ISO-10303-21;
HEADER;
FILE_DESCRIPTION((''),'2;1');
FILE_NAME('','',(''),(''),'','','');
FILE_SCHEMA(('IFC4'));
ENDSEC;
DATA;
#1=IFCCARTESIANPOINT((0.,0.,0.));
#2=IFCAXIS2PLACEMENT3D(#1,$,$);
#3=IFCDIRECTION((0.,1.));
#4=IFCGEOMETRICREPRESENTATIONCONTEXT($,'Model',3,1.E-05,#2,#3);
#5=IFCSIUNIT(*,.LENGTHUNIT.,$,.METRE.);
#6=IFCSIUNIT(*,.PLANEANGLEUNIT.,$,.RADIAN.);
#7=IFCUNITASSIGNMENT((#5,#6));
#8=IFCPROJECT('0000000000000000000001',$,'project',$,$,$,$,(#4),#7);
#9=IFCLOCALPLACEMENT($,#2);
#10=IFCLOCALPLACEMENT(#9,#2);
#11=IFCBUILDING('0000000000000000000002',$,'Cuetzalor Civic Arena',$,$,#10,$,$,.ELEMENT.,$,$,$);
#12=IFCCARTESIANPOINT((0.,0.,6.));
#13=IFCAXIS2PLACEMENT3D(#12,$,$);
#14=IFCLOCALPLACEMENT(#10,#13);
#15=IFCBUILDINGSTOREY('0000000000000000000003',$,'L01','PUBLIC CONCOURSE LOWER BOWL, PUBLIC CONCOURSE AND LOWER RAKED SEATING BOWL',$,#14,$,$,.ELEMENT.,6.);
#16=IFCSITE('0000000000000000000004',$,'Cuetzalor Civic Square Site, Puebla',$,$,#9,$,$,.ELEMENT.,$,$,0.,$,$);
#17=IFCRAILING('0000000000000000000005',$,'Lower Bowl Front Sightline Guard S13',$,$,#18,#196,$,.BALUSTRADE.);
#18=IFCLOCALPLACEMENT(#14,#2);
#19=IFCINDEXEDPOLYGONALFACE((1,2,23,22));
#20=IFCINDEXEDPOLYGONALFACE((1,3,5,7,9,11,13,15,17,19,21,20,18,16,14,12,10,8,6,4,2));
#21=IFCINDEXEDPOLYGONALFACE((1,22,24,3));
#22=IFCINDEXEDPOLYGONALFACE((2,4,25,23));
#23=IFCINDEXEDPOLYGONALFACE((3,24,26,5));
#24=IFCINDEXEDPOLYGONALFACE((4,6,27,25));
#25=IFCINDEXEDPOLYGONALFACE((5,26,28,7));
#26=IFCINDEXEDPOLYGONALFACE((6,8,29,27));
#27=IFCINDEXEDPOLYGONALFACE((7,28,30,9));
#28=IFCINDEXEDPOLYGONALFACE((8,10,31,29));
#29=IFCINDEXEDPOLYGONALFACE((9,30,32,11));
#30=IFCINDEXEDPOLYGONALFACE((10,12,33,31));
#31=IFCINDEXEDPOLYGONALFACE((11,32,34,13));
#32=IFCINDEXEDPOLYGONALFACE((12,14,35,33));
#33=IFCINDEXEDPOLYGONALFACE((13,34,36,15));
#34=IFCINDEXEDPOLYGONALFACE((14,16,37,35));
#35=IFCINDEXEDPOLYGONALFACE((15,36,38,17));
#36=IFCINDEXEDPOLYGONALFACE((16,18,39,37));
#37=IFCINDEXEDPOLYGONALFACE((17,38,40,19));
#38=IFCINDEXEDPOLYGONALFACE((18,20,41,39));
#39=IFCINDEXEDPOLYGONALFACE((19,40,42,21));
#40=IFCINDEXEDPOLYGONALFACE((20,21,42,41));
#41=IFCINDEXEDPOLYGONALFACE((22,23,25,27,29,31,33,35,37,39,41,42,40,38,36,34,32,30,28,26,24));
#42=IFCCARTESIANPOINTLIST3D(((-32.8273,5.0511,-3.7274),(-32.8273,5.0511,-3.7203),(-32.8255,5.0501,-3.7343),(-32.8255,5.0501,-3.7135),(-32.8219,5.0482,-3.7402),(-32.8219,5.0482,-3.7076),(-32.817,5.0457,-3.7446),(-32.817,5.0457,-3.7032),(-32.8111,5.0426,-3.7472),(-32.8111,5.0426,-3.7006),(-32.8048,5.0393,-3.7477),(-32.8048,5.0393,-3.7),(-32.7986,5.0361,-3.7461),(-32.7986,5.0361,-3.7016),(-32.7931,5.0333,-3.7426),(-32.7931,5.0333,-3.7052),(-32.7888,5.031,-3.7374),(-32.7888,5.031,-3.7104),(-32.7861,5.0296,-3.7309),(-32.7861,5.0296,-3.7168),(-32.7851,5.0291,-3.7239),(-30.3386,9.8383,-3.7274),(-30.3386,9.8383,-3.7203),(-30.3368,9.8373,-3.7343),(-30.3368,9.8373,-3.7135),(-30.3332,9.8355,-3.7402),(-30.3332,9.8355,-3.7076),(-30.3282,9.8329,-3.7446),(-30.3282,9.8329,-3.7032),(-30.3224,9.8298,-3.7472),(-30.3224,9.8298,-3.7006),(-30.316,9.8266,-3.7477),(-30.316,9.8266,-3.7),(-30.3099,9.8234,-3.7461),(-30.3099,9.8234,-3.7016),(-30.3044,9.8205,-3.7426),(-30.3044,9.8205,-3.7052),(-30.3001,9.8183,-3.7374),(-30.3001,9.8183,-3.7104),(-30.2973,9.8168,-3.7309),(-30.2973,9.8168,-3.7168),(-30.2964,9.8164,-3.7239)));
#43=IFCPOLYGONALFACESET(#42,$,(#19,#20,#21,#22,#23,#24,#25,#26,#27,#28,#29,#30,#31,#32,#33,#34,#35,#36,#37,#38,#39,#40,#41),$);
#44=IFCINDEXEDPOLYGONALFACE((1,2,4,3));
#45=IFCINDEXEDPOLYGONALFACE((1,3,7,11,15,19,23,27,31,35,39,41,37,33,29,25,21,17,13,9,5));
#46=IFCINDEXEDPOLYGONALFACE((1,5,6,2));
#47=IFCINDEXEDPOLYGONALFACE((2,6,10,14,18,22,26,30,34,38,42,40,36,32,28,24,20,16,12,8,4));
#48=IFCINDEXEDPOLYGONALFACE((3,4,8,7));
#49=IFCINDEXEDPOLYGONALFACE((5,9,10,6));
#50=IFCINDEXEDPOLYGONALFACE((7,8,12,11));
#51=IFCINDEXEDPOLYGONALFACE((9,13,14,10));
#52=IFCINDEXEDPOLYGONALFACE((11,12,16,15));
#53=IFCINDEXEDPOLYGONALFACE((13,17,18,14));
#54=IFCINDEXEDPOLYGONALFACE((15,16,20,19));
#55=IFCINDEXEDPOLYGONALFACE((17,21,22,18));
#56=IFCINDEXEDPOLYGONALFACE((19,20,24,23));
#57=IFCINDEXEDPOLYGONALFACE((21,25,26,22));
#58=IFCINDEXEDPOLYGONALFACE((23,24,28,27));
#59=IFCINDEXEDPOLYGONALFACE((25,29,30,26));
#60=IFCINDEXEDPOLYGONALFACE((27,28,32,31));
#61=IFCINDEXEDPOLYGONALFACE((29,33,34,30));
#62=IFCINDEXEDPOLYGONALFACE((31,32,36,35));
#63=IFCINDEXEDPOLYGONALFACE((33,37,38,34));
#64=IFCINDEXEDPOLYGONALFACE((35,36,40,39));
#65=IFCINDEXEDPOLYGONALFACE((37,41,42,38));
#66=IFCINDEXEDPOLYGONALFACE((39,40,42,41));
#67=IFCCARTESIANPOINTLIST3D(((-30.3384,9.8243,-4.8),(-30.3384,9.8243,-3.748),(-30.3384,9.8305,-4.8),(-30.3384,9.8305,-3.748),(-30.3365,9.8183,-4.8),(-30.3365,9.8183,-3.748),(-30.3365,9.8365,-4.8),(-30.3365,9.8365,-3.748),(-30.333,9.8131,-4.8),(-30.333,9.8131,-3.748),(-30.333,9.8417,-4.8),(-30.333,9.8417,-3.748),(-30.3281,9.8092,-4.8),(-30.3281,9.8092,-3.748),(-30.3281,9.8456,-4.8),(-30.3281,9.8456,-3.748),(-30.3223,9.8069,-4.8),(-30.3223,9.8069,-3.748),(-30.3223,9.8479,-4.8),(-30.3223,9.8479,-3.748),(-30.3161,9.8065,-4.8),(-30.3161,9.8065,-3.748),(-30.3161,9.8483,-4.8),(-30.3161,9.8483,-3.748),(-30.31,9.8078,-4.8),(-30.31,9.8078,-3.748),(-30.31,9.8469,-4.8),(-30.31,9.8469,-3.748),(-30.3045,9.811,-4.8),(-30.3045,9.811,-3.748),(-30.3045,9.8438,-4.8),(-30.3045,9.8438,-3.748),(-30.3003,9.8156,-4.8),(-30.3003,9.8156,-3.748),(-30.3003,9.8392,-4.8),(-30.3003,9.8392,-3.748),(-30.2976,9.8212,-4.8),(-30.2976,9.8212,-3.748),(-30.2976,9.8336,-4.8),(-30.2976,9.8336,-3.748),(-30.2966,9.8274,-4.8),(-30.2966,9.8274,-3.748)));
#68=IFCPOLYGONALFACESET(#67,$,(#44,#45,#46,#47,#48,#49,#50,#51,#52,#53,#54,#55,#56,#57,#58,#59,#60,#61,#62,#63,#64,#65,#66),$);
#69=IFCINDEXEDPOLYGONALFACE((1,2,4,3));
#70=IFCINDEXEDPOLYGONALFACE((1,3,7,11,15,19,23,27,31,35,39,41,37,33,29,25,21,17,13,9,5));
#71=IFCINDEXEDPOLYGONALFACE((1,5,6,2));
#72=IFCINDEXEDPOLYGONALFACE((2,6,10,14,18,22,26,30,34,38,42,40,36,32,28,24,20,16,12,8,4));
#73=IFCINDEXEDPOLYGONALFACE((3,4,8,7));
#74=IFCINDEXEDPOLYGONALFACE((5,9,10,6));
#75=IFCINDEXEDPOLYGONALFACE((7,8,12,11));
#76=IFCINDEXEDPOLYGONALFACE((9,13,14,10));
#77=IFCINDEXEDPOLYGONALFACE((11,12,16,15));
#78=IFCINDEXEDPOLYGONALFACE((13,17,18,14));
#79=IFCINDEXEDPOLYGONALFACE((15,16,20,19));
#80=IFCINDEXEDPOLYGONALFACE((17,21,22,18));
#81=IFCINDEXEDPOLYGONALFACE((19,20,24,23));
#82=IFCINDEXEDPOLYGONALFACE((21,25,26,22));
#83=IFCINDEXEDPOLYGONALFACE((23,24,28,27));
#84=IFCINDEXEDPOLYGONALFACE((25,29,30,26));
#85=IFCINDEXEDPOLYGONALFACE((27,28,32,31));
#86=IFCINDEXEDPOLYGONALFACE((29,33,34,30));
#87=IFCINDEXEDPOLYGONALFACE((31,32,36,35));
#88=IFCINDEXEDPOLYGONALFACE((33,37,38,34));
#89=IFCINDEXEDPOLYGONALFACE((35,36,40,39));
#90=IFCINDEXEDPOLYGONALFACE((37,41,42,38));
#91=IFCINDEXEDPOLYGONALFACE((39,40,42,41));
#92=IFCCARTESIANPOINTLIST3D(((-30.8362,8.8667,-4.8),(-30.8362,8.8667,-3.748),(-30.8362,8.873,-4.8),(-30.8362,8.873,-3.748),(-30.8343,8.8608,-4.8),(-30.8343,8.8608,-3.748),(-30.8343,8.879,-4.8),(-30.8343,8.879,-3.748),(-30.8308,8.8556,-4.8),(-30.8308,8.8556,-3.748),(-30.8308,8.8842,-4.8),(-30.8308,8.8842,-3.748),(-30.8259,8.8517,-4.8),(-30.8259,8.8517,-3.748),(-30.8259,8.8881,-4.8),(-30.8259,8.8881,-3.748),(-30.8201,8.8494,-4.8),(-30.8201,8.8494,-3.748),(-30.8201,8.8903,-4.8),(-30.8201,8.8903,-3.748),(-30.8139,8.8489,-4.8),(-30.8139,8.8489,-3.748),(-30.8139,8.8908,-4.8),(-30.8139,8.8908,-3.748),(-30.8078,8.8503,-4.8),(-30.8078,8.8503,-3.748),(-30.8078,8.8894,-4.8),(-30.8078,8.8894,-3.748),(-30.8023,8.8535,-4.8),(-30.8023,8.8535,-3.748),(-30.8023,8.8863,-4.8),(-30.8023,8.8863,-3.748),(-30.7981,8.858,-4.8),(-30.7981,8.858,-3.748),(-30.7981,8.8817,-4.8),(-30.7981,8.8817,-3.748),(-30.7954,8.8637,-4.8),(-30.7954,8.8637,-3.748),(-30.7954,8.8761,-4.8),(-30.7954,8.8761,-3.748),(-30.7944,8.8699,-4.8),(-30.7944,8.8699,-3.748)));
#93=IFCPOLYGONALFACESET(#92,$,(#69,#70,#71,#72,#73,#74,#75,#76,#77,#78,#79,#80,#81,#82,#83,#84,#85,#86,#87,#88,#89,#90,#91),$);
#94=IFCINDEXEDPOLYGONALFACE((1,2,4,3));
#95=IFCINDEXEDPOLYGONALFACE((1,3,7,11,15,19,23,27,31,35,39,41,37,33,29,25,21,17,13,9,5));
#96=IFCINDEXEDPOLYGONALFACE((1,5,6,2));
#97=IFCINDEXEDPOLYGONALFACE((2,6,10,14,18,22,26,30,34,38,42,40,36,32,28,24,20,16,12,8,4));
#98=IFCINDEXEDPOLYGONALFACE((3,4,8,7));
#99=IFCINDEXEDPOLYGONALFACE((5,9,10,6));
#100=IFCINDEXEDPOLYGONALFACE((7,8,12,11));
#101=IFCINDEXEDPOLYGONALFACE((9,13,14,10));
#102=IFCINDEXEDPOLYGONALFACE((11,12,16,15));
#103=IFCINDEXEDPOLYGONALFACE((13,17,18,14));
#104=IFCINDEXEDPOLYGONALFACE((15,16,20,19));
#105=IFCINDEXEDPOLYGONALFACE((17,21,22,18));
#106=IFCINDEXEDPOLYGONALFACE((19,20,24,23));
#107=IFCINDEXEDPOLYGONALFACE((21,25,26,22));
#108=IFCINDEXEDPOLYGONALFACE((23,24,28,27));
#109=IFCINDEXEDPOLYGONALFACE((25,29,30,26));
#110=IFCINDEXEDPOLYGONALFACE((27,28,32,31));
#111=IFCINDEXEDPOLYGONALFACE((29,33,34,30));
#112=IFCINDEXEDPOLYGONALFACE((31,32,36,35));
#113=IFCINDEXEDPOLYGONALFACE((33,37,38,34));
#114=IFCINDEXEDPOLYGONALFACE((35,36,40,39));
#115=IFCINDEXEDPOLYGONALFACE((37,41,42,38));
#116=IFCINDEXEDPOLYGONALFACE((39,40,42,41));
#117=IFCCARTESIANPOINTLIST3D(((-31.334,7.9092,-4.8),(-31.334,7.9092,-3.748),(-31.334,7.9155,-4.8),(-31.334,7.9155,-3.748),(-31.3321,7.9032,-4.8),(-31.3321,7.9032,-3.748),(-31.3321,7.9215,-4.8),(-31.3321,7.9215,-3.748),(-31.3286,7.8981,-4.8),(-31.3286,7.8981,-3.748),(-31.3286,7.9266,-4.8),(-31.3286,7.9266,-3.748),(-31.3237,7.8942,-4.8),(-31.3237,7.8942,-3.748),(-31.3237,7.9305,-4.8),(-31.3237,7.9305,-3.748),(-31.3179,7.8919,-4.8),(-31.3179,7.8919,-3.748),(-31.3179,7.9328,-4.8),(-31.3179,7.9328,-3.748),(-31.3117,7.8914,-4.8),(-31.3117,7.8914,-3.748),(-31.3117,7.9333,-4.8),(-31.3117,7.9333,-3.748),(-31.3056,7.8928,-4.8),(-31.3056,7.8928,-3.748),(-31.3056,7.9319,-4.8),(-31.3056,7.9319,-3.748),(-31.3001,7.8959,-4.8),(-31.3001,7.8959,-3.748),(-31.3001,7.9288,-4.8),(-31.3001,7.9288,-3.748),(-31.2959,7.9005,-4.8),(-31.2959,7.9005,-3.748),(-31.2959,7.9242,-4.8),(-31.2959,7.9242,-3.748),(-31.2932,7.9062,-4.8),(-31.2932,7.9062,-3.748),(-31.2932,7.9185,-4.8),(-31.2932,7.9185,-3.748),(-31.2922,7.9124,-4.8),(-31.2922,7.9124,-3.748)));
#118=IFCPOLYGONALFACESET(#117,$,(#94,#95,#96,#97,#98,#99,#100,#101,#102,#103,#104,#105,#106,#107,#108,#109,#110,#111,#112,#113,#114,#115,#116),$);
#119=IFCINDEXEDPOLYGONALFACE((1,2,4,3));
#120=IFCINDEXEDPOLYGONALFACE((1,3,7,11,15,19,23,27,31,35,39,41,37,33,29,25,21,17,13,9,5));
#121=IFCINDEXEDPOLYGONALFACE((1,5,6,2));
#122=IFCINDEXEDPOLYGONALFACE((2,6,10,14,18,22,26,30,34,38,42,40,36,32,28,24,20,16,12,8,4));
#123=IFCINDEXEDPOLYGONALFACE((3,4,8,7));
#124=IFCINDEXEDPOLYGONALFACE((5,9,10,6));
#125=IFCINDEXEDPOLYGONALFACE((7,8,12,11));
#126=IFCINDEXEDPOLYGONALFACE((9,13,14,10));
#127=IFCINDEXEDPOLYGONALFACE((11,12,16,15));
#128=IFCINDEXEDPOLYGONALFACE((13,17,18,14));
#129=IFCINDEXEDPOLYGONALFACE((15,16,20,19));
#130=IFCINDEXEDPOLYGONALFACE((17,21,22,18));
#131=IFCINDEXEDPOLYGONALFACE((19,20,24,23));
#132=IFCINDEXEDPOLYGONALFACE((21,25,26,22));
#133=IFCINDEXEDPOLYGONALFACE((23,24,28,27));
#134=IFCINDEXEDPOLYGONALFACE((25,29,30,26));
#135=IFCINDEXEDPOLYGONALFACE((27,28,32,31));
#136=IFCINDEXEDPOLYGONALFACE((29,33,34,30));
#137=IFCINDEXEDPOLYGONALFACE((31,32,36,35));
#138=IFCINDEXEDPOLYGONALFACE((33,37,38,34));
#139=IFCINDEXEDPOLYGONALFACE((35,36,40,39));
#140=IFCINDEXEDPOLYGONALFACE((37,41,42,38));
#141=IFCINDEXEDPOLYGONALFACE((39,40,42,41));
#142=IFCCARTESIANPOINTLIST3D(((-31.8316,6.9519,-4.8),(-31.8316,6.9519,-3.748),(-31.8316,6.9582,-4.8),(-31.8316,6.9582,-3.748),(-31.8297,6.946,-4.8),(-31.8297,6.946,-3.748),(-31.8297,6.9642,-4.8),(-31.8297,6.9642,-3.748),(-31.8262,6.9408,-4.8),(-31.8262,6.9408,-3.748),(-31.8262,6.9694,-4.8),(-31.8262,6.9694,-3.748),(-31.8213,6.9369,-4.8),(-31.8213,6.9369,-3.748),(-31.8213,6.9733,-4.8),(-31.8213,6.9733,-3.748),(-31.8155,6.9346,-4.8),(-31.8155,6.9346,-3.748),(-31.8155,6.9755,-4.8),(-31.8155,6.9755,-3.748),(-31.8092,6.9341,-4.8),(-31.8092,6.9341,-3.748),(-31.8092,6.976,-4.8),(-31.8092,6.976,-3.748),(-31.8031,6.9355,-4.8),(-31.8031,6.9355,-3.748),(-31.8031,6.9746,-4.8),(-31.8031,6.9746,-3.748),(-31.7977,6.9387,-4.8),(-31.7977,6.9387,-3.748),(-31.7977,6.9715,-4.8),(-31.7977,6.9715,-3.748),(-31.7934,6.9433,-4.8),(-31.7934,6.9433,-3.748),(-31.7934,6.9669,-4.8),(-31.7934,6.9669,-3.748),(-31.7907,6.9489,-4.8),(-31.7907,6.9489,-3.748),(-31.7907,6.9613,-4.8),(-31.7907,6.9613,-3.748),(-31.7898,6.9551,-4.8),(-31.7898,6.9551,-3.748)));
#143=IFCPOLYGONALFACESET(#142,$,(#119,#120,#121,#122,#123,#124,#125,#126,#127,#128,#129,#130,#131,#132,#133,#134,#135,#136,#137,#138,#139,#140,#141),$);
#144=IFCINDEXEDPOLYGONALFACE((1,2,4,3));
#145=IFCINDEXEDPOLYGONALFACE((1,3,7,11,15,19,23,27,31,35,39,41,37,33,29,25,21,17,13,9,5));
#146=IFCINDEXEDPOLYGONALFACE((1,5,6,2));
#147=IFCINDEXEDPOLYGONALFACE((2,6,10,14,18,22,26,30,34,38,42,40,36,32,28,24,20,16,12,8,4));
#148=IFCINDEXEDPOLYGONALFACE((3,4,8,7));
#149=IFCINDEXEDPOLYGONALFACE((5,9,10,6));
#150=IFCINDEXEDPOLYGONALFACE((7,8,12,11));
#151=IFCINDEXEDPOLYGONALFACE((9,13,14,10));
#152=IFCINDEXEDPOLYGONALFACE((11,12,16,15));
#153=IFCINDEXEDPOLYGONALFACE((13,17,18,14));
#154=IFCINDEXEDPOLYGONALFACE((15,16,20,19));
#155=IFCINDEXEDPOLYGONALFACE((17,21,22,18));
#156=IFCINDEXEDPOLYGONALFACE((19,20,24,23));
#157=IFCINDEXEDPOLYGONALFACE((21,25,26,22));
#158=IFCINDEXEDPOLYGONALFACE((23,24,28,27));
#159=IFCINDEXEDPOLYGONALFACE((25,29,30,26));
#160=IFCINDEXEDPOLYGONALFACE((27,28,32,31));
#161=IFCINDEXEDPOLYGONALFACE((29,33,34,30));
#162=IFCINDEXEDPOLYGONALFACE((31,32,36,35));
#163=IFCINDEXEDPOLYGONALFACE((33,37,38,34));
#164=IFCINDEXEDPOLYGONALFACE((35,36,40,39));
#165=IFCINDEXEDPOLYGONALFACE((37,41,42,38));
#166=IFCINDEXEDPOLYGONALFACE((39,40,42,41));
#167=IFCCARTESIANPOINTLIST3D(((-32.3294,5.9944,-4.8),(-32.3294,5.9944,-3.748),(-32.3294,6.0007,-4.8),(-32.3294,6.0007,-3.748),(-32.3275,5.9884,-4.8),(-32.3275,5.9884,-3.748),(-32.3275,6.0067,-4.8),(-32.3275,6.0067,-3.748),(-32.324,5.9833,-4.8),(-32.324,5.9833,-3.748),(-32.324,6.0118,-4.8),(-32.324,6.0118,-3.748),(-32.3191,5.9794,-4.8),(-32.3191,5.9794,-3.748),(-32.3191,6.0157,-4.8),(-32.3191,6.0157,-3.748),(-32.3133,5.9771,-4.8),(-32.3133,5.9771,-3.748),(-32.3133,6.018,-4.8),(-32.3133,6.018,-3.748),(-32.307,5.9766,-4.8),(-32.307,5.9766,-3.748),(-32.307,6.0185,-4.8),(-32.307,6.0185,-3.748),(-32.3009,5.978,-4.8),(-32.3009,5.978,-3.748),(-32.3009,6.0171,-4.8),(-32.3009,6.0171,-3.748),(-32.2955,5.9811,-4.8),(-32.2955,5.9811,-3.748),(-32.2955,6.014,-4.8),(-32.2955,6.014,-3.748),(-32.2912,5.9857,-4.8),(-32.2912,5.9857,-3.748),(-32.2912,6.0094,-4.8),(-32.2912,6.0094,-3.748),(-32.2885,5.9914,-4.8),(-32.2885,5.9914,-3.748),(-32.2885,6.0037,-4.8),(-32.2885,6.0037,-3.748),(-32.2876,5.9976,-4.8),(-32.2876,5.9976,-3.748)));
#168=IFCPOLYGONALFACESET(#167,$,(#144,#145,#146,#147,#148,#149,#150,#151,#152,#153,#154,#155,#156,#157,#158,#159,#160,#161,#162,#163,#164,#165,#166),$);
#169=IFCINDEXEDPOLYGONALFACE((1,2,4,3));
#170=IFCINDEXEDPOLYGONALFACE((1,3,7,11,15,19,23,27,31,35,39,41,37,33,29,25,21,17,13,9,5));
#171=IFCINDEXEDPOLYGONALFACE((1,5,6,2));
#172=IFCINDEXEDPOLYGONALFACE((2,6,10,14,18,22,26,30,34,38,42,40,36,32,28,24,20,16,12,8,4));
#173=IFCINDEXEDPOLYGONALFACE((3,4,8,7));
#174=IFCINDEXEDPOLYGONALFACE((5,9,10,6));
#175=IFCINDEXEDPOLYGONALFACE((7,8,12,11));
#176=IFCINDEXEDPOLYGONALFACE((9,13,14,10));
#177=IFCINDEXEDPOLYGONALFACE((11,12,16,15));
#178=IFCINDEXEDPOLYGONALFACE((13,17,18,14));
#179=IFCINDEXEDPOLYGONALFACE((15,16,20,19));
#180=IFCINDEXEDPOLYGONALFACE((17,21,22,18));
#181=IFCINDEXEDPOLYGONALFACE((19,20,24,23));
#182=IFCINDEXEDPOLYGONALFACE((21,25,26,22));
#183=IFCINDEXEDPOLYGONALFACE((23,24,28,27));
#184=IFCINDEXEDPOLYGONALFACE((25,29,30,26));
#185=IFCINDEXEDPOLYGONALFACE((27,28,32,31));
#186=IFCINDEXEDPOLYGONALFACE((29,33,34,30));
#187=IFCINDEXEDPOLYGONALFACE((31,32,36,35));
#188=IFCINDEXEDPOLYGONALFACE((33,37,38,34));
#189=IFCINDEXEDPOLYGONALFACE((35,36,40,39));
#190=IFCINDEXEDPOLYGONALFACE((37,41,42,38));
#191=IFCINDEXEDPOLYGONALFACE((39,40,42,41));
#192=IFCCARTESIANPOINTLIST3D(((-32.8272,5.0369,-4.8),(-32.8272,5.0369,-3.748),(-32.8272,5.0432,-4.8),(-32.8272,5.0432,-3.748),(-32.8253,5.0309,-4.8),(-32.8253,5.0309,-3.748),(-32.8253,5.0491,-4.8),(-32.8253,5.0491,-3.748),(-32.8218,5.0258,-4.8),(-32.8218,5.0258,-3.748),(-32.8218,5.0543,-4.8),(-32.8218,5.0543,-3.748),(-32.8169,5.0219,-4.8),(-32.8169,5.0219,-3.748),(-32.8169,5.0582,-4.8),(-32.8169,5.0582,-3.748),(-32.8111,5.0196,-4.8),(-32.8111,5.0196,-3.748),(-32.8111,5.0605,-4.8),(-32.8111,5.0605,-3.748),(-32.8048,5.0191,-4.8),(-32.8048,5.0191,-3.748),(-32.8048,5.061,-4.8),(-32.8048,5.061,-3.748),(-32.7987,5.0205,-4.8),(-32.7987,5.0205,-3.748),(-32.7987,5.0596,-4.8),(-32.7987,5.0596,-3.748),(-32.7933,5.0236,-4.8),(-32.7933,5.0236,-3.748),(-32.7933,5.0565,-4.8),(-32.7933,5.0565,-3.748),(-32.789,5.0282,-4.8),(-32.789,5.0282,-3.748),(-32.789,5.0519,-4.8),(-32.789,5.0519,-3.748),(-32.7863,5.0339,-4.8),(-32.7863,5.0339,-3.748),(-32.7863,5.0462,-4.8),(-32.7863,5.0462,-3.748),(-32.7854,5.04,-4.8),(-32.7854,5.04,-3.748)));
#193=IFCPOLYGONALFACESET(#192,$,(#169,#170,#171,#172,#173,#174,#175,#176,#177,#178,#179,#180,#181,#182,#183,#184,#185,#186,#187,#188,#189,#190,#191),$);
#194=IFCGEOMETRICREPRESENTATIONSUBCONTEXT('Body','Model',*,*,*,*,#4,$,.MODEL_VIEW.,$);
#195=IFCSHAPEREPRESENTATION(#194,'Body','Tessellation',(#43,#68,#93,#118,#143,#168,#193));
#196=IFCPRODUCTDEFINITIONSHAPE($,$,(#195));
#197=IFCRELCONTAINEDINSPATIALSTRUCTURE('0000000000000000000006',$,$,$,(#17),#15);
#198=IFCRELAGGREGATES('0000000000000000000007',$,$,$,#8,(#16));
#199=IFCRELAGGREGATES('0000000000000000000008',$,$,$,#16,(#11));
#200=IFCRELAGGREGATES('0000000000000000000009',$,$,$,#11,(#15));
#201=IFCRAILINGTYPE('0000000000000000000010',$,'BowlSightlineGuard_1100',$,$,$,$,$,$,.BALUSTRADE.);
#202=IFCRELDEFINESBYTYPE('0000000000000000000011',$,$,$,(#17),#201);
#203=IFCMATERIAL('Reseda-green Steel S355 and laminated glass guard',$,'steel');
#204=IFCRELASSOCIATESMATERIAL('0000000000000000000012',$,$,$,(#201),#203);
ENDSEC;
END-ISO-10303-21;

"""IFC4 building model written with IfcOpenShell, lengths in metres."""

from ifc_helpers import new_model, si_unit, direction, frame, origin, origin_2d, place, context, subcontext, project, spatial, circle, extrude, material, type_object, element, save


model = new_model("IFC4")

# Units and contexts
model_context = context("Model", 3, precision=1e-05, world=origin(), true_north=direction((0.0, 1.0)))
body_context = subcontext(model_context, "Body", "Model", "MODEL_VIEW")
ifc_project = project(units=[si_unit("LENGTHUNIT", "METRE"), si_unit("PLANEANGLEUNIT", "RADIAN")], contexts=[model_context])

# Site, building, storey
site_placement = place(None, origin())
site = spatial("IfcSite", under=ifc_project, at=site_placement, Name="Cuetzalor Civic Square Site, Puebla", CompositionType="ELEMENT", RefElevation=0.0)
building_placement = place(site_placement, origin())
building = spatial("IfcBuilding", under=site, at=building_placement, Name="Cuetzalor Civic Arena", CompositionType="ELEMENT")
storey_placement = place(building_placement, frame((0.0, 0.0, 6.0)))
storey = spatial("IfcBuildingStorey", under=building, at=storey_placement, Name="L01", Description="PUBLIC CONCOURSE LOWER BOWL, PUBLIC CONCOURSE AND LOWER RAKED SEATING BOWL", CompositionType="ELEMENT", Elevation=6.0)

# Railing
ifc_material_1 = material(Name="Reseda-green Steel S355 and laminated glass guard", Category="steel")
railing_type = type_object("IfcRailingType", Name="BowlSightlineGuard_1100", PredefinedType="BALUSTRADE", material=ifc_material_1)
railing_1_placement = place(storey_placement, frame((-30.3176, 9.8274, -4.8)))
element("IfcRailing", 1, at=railing_1_placement, inside=storey, type_object=railing_type, Name="Lower Bowl Front Sightline Guard S13", PredefinedType="BALUSTRADE", context=body_context, shape_type="SweptSolid", body=[
    extrude(circle(Radius=0.0239, at=origin_2d()), frame((0.0, 0.0, 1.0762), z_axis=(-0.461257, -0.887266, 0.0), x_axis=(0.887266, -0.461257, 0.0)), (0.0, 0.0, 1.0), 5.3955),
    extrude(circle(Radius=0.021, at=origin_2d()), origin(), (0.0, 0.0, 1.0), 1.052),
    extrude(circle(Radius=0.021, at=origin_2d()), frame((-0.4978, -0.9575, 0.0)), (0.0, 0.0, 1.0), 1.052),
    extrude(circle(Radius=0.021, at=origin_2d()), frame((-0.9956, -1.915, 0.0)), (0.0, 0.0, 1.0), 1.052),
    extrude(circle(Radius=0.021, at=origin_2d()), frame((-1.4932, -2.8723, 0.0)), (0.0, 0.0, 1.0), 1.052),
    extrude(circle(Radius=0.021, at=origin_2d()), frame((-1.991, -3.8298, 0.0)), (0.0, 0.0, 1.0), 1.052),
    extrude(circle(Radius=0.021, at=origin_2d()), frame((-2.4888, -4.7874, 0.0)), (0.0, 0.0, 1.0), 1.052),
])

save(model, "model.ifc")
